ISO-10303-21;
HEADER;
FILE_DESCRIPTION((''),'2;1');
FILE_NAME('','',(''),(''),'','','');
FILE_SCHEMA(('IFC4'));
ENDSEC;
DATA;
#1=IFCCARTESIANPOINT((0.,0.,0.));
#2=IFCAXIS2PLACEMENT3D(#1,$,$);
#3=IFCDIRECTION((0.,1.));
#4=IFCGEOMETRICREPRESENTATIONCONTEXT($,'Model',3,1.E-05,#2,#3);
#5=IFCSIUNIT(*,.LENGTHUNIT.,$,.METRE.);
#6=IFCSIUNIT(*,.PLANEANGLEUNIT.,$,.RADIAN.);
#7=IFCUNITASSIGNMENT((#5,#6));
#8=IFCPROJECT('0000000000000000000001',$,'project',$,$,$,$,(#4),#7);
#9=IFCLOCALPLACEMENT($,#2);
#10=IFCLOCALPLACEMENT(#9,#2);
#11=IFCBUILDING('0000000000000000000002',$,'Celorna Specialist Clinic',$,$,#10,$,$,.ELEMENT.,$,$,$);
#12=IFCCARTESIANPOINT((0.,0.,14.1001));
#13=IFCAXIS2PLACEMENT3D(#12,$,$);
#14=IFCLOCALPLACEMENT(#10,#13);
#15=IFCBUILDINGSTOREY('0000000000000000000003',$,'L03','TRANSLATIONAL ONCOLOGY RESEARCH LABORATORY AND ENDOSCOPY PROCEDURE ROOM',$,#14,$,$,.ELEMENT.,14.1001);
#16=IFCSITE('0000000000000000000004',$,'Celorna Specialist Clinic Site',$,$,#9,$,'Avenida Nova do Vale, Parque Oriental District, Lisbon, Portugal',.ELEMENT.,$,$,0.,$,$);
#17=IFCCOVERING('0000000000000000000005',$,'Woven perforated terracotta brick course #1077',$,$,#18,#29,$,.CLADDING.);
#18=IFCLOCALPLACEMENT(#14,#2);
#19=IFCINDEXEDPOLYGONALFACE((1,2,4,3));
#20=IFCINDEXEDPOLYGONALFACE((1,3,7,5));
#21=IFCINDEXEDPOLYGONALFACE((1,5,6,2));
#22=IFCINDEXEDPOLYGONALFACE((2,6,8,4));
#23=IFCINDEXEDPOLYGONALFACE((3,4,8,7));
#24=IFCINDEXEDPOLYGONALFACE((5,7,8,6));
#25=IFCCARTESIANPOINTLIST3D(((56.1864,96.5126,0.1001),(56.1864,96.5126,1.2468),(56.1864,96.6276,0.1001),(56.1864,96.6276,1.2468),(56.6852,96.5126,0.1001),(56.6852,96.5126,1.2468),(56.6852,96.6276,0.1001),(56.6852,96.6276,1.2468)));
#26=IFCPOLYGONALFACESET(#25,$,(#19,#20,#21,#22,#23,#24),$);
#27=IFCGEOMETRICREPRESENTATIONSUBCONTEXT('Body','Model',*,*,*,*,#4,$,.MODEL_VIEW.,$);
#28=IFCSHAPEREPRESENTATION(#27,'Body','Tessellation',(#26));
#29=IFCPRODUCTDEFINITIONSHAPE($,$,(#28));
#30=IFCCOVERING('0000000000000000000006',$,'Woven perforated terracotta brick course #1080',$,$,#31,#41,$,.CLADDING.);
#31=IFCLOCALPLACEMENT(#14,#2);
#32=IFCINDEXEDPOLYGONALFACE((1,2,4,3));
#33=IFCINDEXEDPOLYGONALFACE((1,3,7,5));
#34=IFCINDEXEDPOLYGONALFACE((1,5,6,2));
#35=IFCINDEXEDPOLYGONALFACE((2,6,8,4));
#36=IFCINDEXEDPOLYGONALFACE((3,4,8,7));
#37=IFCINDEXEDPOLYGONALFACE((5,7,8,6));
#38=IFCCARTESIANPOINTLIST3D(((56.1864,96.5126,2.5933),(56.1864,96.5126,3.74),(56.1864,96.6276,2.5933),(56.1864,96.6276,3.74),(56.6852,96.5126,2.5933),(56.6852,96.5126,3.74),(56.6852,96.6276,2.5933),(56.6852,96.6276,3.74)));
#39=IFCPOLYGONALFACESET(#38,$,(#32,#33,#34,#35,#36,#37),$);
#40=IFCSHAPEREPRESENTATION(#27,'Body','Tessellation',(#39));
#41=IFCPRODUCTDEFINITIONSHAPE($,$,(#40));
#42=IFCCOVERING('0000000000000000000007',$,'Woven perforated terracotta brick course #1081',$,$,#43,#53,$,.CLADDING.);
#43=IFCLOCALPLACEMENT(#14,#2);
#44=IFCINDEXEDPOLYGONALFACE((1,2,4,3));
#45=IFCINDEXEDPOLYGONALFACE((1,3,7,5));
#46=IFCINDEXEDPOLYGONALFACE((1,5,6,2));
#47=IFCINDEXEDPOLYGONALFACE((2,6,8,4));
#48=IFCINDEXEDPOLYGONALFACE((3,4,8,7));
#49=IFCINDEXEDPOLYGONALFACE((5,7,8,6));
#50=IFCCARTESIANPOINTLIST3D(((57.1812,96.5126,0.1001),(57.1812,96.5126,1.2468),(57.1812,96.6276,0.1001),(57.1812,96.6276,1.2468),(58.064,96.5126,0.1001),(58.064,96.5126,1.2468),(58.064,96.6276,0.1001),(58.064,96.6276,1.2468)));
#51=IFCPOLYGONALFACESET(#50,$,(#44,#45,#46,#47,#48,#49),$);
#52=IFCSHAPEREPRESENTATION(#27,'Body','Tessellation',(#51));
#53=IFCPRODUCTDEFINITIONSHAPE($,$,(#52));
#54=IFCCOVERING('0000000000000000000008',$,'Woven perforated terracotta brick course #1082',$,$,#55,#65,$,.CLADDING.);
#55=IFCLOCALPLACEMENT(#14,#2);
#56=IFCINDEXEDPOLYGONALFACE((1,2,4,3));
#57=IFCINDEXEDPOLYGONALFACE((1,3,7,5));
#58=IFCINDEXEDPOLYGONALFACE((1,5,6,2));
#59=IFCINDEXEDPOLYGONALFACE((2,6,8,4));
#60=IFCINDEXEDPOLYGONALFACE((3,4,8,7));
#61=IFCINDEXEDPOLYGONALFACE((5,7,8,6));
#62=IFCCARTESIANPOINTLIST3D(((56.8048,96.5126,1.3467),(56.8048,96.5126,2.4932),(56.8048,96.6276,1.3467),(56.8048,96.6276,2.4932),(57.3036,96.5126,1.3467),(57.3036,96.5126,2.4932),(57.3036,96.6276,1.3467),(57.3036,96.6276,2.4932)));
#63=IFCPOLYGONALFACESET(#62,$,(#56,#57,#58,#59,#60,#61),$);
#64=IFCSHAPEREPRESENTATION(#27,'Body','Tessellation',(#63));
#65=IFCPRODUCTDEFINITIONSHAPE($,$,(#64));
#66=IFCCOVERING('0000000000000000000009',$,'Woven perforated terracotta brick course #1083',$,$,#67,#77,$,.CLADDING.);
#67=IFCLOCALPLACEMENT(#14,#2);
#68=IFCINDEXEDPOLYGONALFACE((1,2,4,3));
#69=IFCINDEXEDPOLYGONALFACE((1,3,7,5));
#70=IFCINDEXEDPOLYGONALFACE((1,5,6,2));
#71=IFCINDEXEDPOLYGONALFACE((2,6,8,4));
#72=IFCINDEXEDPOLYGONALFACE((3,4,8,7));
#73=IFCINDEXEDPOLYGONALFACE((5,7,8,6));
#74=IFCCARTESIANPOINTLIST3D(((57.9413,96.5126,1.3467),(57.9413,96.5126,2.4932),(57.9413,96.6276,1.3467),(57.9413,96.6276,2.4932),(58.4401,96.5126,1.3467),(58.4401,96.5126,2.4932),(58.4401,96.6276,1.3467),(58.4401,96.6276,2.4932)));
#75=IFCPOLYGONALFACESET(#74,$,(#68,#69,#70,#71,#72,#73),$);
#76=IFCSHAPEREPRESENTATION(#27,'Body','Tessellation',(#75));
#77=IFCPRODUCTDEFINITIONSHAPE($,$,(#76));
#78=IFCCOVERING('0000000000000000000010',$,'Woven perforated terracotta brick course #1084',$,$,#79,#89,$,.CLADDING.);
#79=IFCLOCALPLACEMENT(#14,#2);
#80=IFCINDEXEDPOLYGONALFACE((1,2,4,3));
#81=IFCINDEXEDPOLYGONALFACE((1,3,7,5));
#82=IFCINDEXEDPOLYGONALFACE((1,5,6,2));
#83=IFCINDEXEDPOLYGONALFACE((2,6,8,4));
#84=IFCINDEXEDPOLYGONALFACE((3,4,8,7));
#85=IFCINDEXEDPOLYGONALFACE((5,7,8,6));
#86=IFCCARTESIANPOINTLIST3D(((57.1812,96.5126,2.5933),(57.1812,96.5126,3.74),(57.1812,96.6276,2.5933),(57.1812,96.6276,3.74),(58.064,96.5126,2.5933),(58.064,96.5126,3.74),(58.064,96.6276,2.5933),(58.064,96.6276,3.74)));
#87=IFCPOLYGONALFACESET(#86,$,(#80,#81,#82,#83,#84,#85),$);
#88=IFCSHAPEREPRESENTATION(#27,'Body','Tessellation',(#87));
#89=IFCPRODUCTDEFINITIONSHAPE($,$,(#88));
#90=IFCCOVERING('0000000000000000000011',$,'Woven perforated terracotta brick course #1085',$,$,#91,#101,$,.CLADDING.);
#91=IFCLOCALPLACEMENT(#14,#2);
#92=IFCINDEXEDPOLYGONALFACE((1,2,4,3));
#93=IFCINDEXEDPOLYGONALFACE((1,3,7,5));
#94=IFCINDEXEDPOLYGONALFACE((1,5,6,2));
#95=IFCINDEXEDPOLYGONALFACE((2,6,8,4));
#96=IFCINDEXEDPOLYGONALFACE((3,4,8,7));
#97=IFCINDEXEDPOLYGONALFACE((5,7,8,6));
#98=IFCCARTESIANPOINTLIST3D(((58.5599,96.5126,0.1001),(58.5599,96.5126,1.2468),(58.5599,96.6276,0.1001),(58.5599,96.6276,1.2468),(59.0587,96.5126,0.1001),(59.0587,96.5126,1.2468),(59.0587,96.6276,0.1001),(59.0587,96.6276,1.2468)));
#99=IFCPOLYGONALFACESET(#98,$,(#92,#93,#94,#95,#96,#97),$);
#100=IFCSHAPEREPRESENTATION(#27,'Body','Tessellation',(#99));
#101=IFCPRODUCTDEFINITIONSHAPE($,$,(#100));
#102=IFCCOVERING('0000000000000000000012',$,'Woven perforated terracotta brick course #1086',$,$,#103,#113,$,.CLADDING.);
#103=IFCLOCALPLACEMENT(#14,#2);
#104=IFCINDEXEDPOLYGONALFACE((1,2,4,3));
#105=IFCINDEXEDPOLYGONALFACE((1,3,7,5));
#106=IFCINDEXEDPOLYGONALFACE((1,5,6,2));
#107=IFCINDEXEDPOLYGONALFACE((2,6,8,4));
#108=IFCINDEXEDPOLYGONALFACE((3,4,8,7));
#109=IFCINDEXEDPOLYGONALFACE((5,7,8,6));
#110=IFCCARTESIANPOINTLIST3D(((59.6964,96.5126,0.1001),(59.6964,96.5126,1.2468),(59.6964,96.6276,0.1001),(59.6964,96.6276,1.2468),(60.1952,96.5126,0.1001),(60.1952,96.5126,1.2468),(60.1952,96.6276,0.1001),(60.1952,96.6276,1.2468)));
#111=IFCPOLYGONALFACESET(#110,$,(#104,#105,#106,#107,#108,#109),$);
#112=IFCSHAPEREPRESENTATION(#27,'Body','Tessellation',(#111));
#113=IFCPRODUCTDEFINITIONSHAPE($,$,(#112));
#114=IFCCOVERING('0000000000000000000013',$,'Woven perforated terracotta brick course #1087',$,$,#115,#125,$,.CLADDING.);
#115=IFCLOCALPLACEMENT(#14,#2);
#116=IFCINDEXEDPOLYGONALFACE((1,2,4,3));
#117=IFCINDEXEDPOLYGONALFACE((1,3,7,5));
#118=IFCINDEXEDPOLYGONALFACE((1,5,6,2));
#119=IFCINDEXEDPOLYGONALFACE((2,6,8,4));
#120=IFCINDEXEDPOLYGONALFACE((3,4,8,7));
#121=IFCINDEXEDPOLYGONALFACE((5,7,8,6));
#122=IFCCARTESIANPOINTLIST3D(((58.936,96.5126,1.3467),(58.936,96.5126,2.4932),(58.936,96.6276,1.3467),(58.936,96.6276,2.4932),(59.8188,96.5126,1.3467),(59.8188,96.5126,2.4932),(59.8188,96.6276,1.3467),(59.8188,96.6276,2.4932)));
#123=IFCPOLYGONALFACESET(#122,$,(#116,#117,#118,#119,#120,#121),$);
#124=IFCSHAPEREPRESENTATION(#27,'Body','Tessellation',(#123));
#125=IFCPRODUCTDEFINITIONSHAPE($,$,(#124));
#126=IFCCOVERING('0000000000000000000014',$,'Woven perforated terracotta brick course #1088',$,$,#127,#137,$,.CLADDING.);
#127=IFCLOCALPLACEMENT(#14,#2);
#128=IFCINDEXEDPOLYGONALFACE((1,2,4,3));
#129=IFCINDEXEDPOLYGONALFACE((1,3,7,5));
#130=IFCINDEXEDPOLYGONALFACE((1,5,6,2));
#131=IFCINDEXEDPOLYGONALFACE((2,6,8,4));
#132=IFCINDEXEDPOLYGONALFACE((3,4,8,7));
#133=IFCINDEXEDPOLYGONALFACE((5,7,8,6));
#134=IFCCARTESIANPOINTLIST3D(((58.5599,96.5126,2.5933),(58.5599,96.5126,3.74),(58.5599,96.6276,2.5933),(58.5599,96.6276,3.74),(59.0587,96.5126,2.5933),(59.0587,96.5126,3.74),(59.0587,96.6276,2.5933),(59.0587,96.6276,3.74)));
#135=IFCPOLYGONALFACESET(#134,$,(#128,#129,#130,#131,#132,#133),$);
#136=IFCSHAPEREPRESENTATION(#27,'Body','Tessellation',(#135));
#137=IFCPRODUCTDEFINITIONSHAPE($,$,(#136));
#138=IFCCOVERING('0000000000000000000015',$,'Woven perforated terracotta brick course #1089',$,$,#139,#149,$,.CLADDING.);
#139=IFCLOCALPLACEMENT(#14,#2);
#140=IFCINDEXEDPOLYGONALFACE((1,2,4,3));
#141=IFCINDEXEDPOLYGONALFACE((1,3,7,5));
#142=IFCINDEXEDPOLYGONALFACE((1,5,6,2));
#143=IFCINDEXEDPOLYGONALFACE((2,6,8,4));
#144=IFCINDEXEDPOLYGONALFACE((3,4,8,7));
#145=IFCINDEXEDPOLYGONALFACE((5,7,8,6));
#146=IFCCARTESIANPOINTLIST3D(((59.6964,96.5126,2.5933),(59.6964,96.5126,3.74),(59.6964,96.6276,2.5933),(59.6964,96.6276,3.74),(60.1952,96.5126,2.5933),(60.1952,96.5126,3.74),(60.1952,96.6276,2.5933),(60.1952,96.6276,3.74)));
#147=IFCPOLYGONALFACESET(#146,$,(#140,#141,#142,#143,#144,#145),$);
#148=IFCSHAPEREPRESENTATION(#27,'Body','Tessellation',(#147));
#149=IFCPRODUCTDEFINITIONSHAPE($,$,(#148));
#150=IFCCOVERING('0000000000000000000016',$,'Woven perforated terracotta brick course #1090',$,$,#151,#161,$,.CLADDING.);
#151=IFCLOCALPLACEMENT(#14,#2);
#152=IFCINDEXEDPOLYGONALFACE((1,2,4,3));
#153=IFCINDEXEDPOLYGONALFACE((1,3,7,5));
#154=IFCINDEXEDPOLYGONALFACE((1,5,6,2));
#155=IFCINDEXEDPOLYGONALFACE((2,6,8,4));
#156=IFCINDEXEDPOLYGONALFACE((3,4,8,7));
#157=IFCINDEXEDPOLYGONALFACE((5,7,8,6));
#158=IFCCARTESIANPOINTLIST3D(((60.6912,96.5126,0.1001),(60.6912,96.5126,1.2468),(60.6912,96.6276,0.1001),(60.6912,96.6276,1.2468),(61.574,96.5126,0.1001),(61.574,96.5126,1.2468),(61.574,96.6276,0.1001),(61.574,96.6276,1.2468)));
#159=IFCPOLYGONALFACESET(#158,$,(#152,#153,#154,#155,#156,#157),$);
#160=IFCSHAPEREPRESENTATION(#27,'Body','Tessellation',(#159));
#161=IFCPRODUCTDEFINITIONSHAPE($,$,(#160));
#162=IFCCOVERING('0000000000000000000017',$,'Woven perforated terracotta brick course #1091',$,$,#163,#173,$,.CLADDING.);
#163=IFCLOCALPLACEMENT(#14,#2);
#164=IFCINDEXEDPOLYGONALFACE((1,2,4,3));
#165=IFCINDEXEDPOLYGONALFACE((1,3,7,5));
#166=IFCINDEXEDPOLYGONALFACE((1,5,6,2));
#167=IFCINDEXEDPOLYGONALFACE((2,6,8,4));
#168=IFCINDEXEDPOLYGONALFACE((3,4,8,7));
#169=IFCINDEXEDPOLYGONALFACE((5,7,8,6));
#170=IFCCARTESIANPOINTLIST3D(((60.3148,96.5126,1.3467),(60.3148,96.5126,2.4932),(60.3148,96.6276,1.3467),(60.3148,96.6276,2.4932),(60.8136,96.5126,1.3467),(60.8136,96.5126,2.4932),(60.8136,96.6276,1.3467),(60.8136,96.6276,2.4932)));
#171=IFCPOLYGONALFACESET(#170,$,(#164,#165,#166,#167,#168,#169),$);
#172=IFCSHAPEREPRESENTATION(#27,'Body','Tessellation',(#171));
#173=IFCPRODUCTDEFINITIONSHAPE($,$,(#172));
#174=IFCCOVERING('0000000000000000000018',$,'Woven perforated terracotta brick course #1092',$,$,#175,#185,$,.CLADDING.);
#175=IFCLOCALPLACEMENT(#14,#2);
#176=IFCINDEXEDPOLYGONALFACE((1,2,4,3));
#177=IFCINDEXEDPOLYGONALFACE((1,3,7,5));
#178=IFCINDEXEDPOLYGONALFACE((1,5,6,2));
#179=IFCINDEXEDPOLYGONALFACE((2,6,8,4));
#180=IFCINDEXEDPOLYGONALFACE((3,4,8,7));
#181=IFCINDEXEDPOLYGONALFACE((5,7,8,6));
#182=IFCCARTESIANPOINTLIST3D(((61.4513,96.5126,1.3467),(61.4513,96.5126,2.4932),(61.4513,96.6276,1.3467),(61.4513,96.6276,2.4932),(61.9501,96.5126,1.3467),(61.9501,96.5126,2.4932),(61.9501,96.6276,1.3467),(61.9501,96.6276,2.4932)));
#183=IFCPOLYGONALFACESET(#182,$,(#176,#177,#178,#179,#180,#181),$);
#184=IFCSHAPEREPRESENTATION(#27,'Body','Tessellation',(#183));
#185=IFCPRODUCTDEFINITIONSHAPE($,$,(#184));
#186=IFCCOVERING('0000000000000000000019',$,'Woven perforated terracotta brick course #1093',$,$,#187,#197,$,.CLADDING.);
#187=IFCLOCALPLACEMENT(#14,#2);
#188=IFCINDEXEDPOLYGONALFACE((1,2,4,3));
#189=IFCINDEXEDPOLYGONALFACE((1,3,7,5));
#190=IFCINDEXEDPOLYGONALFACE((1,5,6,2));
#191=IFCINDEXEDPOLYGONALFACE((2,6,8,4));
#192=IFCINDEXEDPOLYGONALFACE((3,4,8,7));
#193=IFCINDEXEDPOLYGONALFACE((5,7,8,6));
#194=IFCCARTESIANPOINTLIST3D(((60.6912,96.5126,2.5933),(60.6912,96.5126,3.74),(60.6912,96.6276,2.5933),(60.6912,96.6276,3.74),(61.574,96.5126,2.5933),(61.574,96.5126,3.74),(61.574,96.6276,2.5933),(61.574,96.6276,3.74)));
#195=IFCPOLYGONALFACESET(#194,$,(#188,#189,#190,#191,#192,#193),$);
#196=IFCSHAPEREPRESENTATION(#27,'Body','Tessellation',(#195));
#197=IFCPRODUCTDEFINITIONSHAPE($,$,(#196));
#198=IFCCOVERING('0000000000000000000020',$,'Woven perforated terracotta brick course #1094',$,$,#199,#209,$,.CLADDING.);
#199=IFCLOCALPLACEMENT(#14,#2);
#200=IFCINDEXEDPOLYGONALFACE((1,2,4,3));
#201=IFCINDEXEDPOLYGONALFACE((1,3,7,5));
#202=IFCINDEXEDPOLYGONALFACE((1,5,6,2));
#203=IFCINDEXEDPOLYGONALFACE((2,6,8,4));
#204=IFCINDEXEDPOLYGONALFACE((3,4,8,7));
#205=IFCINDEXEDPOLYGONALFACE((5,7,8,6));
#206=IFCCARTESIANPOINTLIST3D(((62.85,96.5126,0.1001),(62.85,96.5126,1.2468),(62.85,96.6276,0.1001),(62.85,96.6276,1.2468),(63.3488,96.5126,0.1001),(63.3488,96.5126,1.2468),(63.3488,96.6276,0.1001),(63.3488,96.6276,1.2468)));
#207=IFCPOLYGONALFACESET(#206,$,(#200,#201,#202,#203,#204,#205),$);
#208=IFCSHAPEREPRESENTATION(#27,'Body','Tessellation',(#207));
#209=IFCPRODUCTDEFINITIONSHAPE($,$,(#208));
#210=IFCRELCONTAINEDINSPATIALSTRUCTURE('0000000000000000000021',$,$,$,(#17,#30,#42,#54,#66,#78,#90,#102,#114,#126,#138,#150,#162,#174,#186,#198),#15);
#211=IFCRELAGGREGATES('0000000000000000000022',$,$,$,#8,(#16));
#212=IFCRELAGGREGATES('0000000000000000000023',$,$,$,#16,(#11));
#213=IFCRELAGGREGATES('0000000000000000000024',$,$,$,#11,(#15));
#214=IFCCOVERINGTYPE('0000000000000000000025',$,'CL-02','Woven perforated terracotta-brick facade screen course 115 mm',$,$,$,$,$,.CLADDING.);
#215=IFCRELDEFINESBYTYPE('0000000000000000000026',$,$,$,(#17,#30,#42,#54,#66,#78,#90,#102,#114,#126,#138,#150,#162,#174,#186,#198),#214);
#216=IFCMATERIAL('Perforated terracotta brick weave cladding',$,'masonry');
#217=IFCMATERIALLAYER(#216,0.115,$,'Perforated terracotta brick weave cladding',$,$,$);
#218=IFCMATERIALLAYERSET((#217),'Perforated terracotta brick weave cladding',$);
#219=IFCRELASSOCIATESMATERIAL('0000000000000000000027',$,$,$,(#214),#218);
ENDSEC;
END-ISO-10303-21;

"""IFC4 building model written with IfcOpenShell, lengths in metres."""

from ifc_helpers import new_model, si_unit, direction, frame, origin, origin_2d, place, context, subcontext, project, spatial, rectangle, extrude, material, layer, layer_set, type_object, element, save


model = new_model("IFC4")

# Units and contexts
model_context = context("Model", 3, precision=1e-05, world=origin(), true_north=direction((0.0, 1.0)))
body_context = subcontext(model_context, "Body", "Model", "MODEL_VIEW")
ifc_project = project(units=[si_unit("LENGTHUNIT", "METRE"), si_unit("PLANEANGLEUNIT", "RADIAN")], contexts=[model_context])

# Site, building, storey
site_placement = place(None, origin())
site = spatial("IfcSite", under=ifc_project, at=site_placement, Name="Celorna Specialist Clinic Site", LongName="Avenida Nova do Vale, Parque Oriental District, Lisbon, Portugal", CompositionType="ELEMENT", RefElevation=0.0)
building_placement = place(site_placement, origin())
building = spatial("IfcBuilding", under=site, at=building_placement, Name="Celorna Specialist Clinic", CompositionType="ELEMENT")
storey_placement = place(building_placement, frame((0.0, 0.0, 14.1001)))
storey = spatial("IfcBuildingStorey", under=building, at=storey_placement, Name="L03", Description="TRANSLATIONAL ONCOLOGY RESEARCH LABORATORY AND ENDOSCOPY PROCEDURE ROOM", CompositionType="ELEMENT", Elevation=14.1001)

# Coverings
ifc_material = material(Name="Perforated terracotta brick weave cladding", Category="masonry")
ifc_layer = layer(ifc_material, 0.115, Name="Perforated terracotta brick weave cladding")
ifc_layer_set = layer_set([ifc_layer], Name="Perforated terracotta brick weave cladding")
covering_type = type_object("IfcCoveringType", Name="CL-02", Description="Woven perforated terracotta-brick facade screen course 115 mm", PredefinedType="CLADDING", material=ifc_layer_set)
for number, where, z_axis, x_axis, name in (
    (1, (56.4358, 96.5701, 0.1001), (0.0, 0.0, 1.0), (1.0, 0.0, 0.0), "Woven perforated terracotta brick course #1077"),
    (2, (56.4358, 96.5701, 2.5933), (0.0, 0.0, 1.0), (1.0, 0.0, 0.0), "Woven perforated terracotta brick course #1080"),
):
    element("IfcCovering", number, at=place(storey_placement, frame(where, z_axis=z_axis, x_axis=x_axis)), inside=storey, type_object=covering_type, Name=name, PredefinedType="CLADDING", context=body_context, shape_type="SweptSolid", body=[
        extrude(rectangle(XDim=0.4988, YDim=0.115, at=origin_2d()), origin(), (0.0, 0.0, 1.0), 1.1467),
    ])
covering_1_placement = place(storey_placement, frame((57.6226, 96.5701, 0.1001), z_axis=(0.0, 0.0, 1.0), x_axis=(1.0, 0.0, 0.0)))
element("IfcCovering", 3, at=covering_1_placement, inside=storey, type_object=covering_type, Name="Woven perforated terracotta brick course #1081", PredefinedType="CLADDING", context=body_context, shape_type="SweptSolid", body=[
    extrude(rectangle(XDim=0.8828, YDim=0.115, at=origin_2d()), origin(), (0.0, 0.0, 1.0), 1.1467),
])
for number, where, z_axis, x_axis, name in (
    (4, (57.0542, 96.5701, 1.3467), (0.0, 0.0, 1.0), (1.0, 0.0, 0.0), "Woven perforated terracotta brick course #1082"),
    (5, (58.1907, 96.5701, 1.3467), (0.0, 0.0, 1.0), (1.0, 0.0, 0.0), "Woven perforated terracotta brick course #1083"),
):
    element("IfcCovering", number, at=place(storey_placement, frame(where, z_axis=z_axis, x_axis=x_axis)), inside=storey, type_object=covering_type, Name=name, PredefinedType="CLADDING", context=body_context, shape_type="SweptSolid", body=[
        extrude(rectangle(XDim=0.4988, YDim=0.115, at=origin_2d()), origin(), (0.0, 0.0, 1.0), 1.1465),
    ])
covering_2_placement = place(storey_placement, frame((57.6226, 96.5701, 2.5933), z_axis=(0.0, 0.0, 1.0), x_axis=(1.0, 0.0, 0.0)))
element("IfcCovering", 6, at=covering_2_placement, inside=storey, type_object=covering_type, Name="Woven perforated terracotta brick course #1084", PredefinedType="CLADDING", context=body_context, shape_type="SweptSolid", body=[
    extrude(rectangle(XDim=0.8828, YDim=0.115, at=origin_2d()), origin(), (0.0, 0.0, 1.0), 1.1467),
])
for number, where, z_axis, x_axis, name in (
    (7, (58.8093, 96.5701, 0.1001), (0.0, 0.0, 1.0), (1.0, 0.0, 0.0), "Woven perforated terracotta brick course #1085"),
    (8, (59.9458, 96.5701, 0.1001), (0.0, 0.0, 1.0), (1.0, 0.0, 0.0), "Woven perforated terracotta brick course #1086"),
):
    element("IfcCovering", number, at=place(storey_placement, frame(where, z_axis=z_axis, x_axis=x_axis)), inside=storey, type_object=covering_type, Name=name, PredefinedType="CLADDING", context=body_context, shape_type="SweptSolid", body=[
        extrude(rectangle(XDim=0.4988, YDim=0.115, at=origin_2d()), origin(), (0.0, 0.0, 1.0), 1.1467),
    ])
covering_3_placement = place(storey_placement, frame((59.3774, 96.5701, 1.3467), z_axis=(0.0, 0.0, 1.0), x_axis=(1.0, 0.0, 0.0)))
element("IfcCovering", 9, at=covering_3_placement, inside=storey, type_object=covering_type, Name="Woven perforated terracotta brick course #1087", PredefinedType="CLADDING", context=body_context, shape_type="SweptSolid", body=[
    extrude(rectangle(XDim=0.8828, YDim=0.115, at=origin_2d()), origin(), (0.0, 0.0, 1.0), 1.1465),
])
for number, where, z_axis, x_axis, name in (
    (10, (58.8093, 96.5701, 2.5933), (0.0, 0.0, 1.0), (1.0, 0.0, 0.0), "Woven perforated terracotta brick course #1088"),
    (11, (59.9458, 96.5701, 2.5933), (0.0, 0.0, 1.0), (1.0, 0.0, 0.0), "Woven perforated terracotta brick course #1089"),
):
    element("IfcCovering", number, at=place(storey_placement, frame(where, z_axis=z_axis, x_axis=x_axis)), inside=storey, type_object=covering_type, Name=name, PredefinedType="CLADDING", context=body_context, shape_type="SweptSolid", body=[
        extrude(rectangle(XDim=0.4988, YDim=0.115, at=origin_2d()), origin(), (0.0, 0.0, 1.0), 1.1467),
    ])
covering_4_placement = place(storey_placement, frame((61.1326, 96.5701, 0.1001), z_axis=(0.0, 0.0, 1.0), x_axis=(1.0, 0.0, 0.0)))
element("IfcCovering", 12, at=covering_4_placement, inside=storey, type_object=covering_type, Name="Woven perforated terracotta brick course #1090", PredefinedType="CLADDING", context=body_context, shape_type="SweptSolid", body=[
    extrude(rectangle(XDim=0.8828, YDim=0.115, at=origin_2d()), origin(), (0.0, 0.0, 1.0), 1.1467),
])
for number, where, z_axis, x_axis, name in (
    (13, (60.5642, 96.5701, 1.3467), (0.0, 0.0, 1.0), (1.0, 0.0, 0.0), "Woven perforated terracotta brick course #1091"),
    (14, (61.7007, 96.5701, 1.3467), (0.0, 0.0, 1.0), (1.0, 0.0, 0.0), "Woven perforated terracotta brick course #1092"),
):
    element("IfcCovering", number, at=place(storey_placement, frame(where, z_axis=z_axis, x_axis=x_axis)), inside=storey, type_object=covering_type, Name=name, PredefinedType="CLADDING", context=body_context, shape_type="SweptSolid", body=[
        extrude(rectangle(XDim=0.4988, YDim=0.115, at=origin_2d()), origin(), (0.0, 0.0, 1.0), 1.1465),
    ])
covering_5_placement = place(storey_placement, frame((61.1326, 96.5701, 2.5933), z_axis=(0.0, 0.0, 1.0), x_axis=(1.0, 0.0, 0.0)))
element("IfcCovering", 15, at=covering_5_placement, inside=storey, type_object=covering_type, Name="Woven perforated terracotta brick course #1093", PredefinedType="CLADDING", context=body_context, shape_type="SweptSolid", body=[
    extrude(rectangle(XDim=0.8828, YDim=0.115, at=origin_2d()), origin(), (0.0, 0.0, 1.0), 1.1467),
])
for number, where, z_axis, x_axis, name in (
    (16, (63.0994, 96.5701, 0.1001), (0.0, 0.0, 1.0), (1.0, 0.0, 0.0), "Woven perforated terracotta brick course #1094"),
):
    element("IfcCovering", number, at=place(storey_placement, frame(where, z_axis=z_axis, x_axis=x_axis)), inside=storey, type_object=covering_type, Name=name, PredefinedType="CLADDING", context=body_context, shape_type="SweptSolid", body=[
        extrude(rectangle(XDim=0.4988, YDim=0.115, at=origin_2d()), origin(), (0.0, 0.0, 1.0), 1.1467),
    ])

save(model, "model.ifc")
